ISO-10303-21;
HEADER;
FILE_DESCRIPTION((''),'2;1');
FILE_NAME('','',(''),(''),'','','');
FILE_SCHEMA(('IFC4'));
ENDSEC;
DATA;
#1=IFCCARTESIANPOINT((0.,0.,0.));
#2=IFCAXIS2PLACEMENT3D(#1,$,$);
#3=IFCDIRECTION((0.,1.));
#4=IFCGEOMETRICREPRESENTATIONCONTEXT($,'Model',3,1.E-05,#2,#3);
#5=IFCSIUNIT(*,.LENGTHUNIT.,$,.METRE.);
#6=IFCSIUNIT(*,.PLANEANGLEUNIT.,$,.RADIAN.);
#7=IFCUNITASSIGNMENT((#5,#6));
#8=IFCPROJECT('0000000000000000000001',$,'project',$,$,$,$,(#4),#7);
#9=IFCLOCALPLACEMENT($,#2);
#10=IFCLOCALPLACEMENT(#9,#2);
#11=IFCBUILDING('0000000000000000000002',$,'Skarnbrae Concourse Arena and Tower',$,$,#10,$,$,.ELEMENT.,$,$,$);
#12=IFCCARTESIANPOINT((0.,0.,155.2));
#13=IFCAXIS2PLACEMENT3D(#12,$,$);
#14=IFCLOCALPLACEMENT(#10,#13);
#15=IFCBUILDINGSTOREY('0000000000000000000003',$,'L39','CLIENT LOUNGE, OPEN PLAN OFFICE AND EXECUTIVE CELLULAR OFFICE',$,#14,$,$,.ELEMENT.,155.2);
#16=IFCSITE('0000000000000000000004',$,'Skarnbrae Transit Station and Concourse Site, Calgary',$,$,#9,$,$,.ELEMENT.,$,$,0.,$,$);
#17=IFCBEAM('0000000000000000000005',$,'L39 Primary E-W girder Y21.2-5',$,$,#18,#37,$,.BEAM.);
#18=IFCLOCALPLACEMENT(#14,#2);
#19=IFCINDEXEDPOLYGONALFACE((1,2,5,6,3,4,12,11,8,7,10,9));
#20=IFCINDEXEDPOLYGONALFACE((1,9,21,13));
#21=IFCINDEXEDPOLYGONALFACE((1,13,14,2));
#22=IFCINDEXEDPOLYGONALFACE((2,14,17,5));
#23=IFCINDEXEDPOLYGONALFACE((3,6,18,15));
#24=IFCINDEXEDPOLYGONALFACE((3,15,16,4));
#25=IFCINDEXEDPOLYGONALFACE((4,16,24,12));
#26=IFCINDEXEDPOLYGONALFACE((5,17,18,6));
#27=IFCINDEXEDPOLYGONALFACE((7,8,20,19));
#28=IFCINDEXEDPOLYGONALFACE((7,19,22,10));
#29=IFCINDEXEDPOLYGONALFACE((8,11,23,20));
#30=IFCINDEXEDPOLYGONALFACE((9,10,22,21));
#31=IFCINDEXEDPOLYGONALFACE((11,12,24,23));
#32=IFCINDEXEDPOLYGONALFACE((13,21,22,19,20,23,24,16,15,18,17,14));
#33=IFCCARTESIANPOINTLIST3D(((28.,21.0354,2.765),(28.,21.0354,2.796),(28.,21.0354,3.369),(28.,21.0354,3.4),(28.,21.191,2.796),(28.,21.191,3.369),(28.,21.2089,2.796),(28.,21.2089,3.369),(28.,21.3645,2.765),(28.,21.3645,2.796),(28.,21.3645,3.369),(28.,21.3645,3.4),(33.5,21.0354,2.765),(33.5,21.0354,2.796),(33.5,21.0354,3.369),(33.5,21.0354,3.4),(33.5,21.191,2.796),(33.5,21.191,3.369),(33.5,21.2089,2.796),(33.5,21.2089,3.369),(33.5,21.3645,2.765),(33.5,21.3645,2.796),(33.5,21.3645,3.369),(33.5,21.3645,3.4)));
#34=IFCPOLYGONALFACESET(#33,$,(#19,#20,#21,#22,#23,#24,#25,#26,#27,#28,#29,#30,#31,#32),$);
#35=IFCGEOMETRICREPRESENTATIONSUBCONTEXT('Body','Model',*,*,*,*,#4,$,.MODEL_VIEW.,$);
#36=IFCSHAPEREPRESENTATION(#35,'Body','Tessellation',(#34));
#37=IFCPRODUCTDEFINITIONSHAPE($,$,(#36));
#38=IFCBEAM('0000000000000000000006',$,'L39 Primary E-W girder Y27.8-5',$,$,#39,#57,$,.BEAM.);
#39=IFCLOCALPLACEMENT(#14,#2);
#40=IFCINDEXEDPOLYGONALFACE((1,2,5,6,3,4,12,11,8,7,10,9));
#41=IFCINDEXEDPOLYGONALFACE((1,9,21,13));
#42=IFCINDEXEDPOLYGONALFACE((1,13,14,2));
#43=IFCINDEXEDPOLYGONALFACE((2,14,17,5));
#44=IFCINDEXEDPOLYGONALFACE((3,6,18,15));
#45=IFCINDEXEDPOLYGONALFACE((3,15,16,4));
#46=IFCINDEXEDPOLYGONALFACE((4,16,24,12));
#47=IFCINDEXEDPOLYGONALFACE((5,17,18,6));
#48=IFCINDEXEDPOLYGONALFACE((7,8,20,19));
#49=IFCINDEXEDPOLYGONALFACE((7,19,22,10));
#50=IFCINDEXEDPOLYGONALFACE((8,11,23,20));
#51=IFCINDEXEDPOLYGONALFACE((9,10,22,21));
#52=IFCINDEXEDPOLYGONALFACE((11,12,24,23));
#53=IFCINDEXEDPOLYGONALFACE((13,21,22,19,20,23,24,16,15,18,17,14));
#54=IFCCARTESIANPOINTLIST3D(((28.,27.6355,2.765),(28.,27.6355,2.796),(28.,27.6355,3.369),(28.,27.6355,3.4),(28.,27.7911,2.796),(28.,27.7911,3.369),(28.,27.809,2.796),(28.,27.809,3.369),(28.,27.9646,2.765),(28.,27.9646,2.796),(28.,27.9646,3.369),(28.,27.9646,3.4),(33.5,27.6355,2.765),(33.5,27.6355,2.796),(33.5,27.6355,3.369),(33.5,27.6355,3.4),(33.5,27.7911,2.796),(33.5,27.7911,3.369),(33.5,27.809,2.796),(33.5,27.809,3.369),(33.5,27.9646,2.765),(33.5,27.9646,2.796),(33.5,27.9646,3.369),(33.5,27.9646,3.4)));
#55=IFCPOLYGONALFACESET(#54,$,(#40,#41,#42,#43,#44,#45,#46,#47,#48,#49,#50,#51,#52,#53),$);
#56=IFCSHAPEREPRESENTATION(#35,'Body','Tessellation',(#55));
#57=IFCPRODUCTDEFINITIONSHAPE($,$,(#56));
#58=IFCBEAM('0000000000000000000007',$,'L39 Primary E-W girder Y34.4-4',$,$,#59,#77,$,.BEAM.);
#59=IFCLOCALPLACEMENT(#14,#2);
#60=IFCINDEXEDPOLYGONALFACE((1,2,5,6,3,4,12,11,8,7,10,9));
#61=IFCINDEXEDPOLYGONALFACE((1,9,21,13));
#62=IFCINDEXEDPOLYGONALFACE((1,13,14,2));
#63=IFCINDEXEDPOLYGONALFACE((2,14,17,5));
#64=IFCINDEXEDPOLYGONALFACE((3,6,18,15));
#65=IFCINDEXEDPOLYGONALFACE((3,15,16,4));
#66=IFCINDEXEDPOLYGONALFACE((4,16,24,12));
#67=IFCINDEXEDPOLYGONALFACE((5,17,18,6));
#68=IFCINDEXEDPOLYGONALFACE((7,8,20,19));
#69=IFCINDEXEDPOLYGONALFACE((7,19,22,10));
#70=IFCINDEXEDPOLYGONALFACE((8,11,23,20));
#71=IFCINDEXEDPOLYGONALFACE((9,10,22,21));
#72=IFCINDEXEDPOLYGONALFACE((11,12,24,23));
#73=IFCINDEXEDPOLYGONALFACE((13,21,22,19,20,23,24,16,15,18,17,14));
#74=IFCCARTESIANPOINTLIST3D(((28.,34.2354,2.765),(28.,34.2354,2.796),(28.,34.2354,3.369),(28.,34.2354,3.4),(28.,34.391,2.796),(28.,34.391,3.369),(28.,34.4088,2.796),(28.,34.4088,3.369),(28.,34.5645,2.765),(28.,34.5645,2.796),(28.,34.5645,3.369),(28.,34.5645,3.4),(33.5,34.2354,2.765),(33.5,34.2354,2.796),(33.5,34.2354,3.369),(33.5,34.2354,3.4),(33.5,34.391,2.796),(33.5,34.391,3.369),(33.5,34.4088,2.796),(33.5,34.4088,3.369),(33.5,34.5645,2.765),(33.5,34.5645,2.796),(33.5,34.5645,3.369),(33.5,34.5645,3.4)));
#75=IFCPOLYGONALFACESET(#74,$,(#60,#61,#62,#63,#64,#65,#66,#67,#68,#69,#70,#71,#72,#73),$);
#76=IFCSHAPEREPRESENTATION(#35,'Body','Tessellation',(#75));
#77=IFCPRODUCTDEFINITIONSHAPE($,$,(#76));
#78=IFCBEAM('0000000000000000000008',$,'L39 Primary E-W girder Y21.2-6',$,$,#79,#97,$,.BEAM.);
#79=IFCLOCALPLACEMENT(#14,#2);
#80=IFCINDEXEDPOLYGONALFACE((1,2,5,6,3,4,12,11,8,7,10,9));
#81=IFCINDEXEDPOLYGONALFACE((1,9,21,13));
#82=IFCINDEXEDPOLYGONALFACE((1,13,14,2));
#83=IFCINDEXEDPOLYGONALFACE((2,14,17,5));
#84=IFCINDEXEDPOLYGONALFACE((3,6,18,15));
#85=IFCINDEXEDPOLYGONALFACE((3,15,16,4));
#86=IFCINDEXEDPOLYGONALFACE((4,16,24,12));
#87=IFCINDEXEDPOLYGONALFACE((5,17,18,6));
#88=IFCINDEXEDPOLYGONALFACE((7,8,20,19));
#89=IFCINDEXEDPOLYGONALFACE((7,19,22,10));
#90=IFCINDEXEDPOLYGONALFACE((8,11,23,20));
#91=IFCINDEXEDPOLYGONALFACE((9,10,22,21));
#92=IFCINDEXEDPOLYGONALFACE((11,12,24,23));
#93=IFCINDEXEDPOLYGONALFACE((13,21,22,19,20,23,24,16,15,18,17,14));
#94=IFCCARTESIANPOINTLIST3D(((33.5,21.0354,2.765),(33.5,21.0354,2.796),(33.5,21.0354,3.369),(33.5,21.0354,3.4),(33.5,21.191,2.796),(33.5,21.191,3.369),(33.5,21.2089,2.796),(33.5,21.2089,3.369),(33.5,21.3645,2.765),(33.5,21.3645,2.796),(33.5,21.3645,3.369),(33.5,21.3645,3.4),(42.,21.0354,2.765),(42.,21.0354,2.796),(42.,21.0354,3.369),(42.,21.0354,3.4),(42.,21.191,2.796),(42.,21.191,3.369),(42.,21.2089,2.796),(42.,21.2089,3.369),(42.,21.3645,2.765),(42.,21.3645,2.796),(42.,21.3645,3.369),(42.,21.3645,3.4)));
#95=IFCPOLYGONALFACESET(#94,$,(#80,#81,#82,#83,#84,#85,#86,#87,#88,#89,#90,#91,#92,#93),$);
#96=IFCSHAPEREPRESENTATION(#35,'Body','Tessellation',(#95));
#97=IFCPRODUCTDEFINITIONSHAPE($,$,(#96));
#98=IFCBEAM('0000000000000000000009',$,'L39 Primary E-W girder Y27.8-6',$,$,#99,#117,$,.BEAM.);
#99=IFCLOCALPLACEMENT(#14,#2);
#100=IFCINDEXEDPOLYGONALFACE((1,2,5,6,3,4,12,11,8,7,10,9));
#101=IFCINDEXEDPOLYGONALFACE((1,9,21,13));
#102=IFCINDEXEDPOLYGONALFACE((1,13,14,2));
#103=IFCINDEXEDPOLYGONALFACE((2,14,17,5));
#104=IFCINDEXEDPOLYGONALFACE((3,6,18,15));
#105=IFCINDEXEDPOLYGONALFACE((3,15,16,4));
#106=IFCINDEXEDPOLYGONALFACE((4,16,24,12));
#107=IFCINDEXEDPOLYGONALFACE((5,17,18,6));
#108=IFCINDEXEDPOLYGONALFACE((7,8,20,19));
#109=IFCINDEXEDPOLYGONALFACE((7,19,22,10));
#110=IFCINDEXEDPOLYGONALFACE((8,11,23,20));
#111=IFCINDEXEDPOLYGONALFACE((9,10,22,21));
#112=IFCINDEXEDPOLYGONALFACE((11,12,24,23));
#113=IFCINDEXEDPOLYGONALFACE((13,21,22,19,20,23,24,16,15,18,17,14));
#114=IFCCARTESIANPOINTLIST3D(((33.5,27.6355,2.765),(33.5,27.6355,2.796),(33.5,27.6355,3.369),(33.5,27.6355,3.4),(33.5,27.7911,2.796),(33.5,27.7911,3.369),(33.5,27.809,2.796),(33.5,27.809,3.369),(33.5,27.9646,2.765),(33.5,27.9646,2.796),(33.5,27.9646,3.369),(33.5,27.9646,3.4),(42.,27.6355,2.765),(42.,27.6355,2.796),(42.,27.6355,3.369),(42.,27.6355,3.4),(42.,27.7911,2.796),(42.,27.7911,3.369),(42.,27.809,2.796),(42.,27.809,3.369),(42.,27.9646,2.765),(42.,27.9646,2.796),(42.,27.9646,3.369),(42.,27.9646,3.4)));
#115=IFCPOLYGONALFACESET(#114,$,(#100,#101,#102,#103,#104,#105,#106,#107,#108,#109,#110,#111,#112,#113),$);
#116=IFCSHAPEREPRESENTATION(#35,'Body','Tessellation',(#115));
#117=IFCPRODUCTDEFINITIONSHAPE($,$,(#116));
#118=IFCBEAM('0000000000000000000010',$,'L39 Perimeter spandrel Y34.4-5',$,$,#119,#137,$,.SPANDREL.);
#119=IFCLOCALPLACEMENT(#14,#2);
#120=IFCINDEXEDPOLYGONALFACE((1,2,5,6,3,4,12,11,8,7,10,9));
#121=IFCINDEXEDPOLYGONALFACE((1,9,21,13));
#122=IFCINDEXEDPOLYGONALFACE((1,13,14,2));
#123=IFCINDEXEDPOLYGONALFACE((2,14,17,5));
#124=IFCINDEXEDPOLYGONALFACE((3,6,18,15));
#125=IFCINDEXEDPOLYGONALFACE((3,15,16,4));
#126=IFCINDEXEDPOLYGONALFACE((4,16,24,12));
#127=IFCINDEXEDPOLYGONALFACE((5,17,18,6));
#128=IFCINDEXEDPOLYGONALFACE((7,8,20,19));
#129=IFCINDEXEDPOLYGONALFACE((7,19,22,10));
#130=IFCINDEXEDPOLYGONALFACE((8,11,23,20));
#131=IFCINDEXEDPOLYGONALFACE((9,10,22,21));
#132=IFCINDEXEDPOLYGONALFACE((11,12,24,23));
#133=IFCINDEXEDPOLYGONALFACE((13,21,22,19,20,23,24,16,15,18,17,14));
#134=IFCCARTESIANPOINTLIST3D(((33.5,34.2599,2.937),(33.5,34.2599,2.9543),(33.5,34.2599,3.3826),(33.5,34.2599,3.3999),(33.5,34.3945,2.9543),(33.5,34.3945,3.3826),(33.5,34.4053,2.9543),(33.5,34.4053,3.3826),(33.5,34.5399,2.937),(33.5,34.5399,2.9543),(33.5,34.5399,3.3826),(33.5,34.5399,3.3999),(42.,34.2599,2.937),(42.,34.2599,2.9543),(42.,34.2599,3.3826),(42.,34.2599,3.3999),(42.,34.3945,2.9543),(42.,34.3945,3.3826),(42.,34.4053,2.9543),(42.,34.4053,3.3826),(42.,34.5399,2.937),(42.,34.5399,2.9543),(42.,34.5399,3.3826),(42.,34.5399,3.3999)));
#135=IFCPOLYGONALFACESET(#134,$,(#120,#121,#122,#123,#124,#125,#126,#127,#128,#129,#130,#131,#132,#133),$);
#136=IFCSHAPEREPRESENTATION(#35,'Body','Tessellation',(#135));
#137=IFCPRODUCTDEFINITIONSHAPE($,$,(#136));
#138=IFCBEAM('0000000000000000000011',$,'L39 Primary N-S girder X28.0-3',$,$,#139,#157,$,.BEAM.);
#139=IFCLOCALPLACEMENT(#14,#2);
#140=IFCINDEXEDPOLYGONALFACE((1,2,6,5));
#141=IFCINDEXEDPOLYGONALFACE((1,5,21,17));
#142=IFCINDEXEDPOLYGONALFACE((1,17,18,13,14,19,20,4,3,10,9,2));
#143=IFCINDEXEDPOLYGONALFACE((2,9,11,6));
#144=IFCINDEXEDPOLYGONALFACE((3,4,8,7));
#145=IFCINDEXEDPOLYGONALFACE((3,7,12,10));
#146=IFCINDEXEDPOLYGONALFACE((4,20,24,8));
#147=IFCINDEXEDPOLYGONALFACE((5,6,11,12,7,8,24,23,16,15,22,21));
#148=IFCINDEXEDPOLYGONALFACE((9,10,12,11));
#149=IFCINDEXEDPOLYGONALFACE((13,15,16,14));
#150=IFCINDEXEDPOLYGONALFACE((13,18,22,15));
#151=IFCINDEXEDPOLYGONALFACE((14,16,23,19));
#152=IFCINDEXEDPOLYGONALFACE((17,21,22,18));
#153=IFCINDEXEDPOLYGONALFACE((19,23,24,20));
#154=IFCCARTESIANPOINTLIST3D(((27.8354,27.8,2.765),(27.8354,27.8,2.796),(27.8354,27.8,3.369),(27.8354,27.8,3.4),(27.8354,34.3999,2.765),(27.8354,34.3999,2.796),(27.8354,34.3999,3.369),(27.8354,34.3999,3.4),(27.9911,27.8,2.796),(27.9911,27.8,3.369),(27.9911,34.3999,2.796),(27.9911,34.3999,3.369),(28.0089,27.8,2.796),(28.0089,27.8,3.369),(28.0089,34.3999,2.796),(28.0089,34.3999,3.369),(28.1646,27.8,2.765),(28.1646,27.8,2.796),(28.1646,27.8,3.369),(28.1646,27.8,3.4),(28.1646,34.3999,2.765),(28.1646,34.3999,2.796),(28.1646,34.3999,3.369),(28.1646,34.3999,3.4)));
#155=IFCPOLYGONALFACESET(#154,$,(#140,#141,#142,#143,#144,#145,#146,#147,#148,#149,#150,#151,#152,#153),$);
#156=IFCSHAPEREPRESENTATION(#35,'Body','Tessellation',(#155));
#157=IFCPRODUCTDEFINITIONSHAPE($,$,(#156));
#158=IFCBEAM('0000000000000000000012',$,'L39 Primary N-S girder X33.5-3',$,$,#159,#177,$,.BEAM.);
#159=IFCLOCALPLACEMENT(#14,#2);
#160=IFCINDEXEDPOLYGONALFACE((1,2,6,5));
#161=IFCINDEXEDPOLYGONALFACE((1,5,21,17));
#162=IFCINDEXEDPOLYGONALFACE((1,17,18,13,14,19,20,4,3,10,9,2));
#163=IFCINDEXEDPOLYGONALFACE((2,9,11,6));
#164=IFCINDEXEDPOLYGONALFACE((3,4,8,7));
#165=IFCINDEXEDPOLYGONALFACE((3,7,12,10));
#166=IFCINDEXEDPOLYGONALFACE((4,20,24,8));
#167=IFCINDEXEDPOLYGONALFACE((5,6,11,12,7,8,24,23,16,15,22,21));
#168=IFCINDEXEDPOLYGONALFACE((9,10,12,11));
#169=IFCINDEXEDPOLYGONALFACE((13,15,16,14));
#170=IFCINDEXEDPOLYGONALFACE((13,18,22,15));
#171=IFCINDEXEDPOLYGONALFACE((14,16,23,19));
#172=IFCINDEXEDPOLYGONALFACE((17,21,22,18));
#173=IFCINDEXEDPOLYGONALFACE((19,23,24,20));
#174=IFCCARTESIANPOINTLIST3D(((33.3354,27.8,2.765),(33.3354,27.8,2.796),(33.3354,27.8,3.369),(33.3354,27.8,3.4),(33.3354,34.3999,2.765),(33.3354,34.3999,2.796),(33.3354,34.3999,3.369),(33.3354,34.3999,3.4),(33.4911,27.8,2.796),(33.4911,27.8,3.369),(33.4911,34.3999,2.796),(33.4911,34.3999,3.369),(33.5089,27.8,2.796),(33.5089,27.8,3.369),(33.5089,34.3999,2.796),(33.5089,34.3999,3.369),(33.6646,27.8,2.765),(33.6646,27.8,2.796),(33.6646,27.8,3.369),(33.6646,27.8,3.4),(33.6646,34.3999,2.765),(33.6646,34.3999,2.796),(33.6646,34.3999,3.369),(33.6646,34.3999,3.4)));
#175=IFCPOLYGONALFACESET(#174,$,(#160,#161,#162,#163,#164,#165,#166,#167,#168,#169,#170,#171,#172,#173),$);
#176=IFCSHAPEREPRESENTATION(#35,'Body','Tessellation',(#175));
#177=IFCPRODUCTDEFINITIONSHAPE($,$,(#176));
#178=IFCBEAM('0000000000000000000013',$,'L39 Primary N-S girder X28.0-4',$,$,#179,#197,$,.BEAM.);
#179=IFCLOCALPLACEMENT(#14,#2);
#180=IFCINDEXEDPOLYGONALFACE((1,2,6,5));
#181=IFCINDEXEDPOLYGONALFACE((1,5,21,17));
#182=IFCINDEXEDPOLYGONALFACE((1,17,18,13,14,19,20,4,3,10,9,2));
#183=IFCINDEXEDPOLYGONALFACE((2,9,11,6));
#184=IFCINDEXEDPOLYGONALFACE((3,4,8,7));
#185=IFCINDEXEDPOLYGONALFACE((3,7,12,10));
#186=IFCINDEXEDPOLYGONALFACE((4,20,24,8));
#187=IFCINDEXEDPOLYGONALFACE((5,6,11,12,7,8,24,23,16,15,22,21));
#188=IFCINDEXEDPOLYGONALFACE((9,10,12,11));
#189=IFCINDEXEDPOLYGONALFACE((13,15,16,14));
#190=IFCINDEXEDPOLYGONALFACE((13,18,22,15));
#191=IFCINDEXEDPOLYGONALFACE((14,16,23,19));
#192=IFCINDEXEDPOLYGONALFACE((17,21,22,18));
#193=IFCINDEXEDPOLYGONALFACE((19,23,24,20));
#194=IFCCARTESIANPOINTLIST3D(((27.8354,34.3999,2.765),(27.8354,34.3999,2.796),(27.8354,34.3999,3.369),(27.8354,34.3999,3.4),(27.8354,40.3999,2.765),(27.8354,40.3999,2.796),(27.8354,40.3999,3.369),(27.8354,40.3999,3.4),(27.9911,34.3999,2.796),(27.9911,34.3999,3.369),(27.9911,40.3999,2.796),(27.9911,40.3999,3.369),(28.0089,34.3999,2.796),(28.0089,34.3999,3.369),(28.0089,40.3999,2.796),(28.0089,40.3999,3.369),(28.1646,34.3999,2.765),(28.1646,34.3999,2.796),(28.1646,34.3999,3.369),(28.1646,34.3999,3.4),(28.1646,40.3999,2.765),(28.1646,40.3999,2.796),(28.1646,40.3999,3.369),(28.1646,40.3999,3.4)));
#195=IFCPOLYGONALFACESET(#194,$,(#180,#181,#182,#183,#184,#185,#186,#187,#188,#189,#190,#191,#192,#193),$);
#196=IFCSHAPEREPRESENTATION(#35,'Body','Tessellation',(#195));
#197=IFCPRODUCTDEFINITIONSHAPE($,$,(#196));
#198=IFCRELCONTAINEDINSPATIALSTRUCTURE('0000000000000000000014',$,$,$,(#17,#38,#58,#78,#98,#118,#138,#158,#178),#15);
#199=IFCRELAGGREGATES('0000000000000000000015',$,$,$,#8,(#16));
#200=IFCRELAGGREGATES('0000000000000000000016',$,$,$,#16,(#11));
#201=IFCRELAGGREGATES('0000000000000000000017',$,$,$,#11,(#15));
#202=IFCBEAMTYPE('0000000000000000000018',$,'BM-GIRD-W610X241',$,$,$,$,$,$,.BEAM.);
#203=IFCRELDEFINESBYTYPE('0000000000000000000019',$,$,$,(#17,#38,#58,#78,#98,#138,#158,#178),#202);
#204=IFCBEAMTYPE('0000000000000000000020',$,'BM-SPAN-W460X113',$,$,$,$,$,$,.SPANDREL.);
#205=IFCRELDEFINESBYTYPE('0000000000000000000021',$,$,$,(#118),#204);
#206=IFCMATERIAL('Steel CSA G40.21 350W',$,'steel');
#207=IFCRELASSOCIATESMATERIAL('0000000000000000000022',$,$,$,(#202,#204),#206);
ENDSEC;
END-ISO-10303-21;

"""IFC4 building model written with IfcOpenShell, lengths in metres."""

from ifc_helpers import new_model, si_unit, direction, frame, origin, origin_2d, place, context, subcontext, project, spatial, i_section, extrude, source, transform, mapped, material, material_profile, profile_set, type_object, element, save


model = new_model("IFC4")

# Units and contexts
model_context = context("Model", 3, precision=1e-05, world=origin(), true_north=direction((0.0, 1.0)))
body_context = subcontext(model_context, "Body", "Model", "MODEL_VIEW")
ifc_project = project(units=[si_unit("LENGTHUNIT", "METRE"), si_unit("PLANEANGLEUNIT", "RADIAN")], contexts=[model_context])

# Site, building, storey
site_placement = place(None, origin())
site = spatial("IfcSite", under=ifc_project, at=site_placement, Name="Skarnbrae Transit Station and Concourse Site, Calgary", CompositionType="ELEMENT", RefElevation=0.0)
building_placement = place(site_placement, origin())
building = spatial("IfcBuilding", under=site, at=building_placement, Name="Skarnbrae Concourse Arena and Tower", CompositionType="ELEMENT")
storey_placement = place(building_placement, frame((0.0, 0.0, 155.2)))
storey = spatial("IfcBuildingStorey", under=building, at=storey_placement, Name="L39", Description="CLIENT LOUNGE, OPEN PLAN OFFICE AND EXECUTIVE CELLULAR OFFICE", CompositionType="ELEMENT", Elevation=155.2)

# Shared definitions
ifc_material_1 = material(Name="Steel CSA G40.21 350W", Category="steel")

# Beams
ifc_material_profile_1 = material_profile(ifc_material_1, i_section(OverallWidth=0.3291, OverallDepth=0.635, WebThickness=0.0178, FlangeThickness=0.031, at=origin_2d()), Name="W610X241")
ifc_profile_set_1 = profile_set([ifc_material_profile_1], Name="Steel CSA G40.21 350W")
beam_type_1 = type_object("IfcBeamType", Name="BM-GIRD-W610X241", PredefinedType="BEAM", material=ifc_profile_set_1)
shared_shape_1 = source(origin(), body_context, "Body", "SweptSolid", [
    extrude(i_section(OverallWidth=0.3291, OverallDepth=0.635, WebThickness=0.0178, FlangeThickness=0.031, at=origin_2d()), origin(), (0.0, 0.0, 1.0), 5.5),
])
for number, where, z_axis, x_axis, name in (
    (1, (28.0, 21.2, 3.0825), (1.0, 0.0, 0.0), (0.0, 1.0, 0.0), "L39 Primary E-W girder Y21.2-5"),
    (2, (28.0, 27.8, 3.0825), (1.0, 0.0, 0.0), (0.0, 1.0, 0.0), "L39 Primary E-W girder Y27.8-5"),
    (3, (28.0, 34.3999, 3.0825), (1.0, 0.0, 0.0), (0.0, 1.0, 0.0), "L39 Primary E-W girder Y34.4-4"),
):
    element("IfcBeam", number, at=place(storey_placement, frame(where, z_axis=z_axis, x_axis=x_axis)), inside=storey, type_object=beam_type_1, Name=name, PredefinedType="BEAM", context=body_context, shape_type="MappedRepresentation", body=[
        mapped(shared_shape_1, transform((0.0, 0.0, 0.0))),
    ])
shared_shape_2 = source(origin(), body_context, "Body", "SweptSolid", [
    extrude(i_section(OverallWidth=0.3291, OverallDepth=0.635, WebThickness=0.0178, FlangeThickness=0.031, at=origin_2d()), origin(), (0.0, 0.0, 1.0), 8.5),
])
for number, where, z_axis, x_axis, name in (
    (4, (33.5, 21.2, 3.0825), (1.0, 0.0, 0.0), (0.0, 1.0, 0.0), "L39 Primary E-W girder Y21.2-6"),
    (5, (33.5, 27.8, 3.0825), (1.0, 0.0, 0.0), (0.0, 1.0, 0.0), "L39 Primary E-W girder Y27.8-6"),
):
    element("IfcBeam", number, at=place(storey_placement, frame(where, z_axis=z_axis, x_axis=x_axis)), inside=storey, type_object=beam_type_1, Name=name, PredefinedType="BEAM", context=body_context, shape_type="MappedRepresentation", body=[
        mapped(shared_shape_2, transform((0.0, 0.0, 0.0))),
    ])
ifc_material_profile_2 = material_profile(ifc_material_1, i_section(OverallWidth=0.28, OverallDepth=0.4629, WebThickness=0.0107, FlangeThickness=0.0173, at=origin_2d()), Name="W460X113")
ifc_profile_set_2 = profile_set([ifc_material_profile_2], Name="Steel CSA G40.21 350W")
beam_type_2 = type_object("IfcBeamType", Name="BM-SPAN-W460X113", PredefinedType="SPANDREL", material=ifc_profile_set_2)
shared_shape_3 = source(origin(), body_context, "Body", "SweptSolid", [
    extrude(i_section(OverallWidth=0.28, OverallDepth=0.4629, WebThickness=0.0107, FlangeThickness=0.0173, at=origin_2d()), origin(), (0.0, 0.0, 1.0), 8.5),
])
beam_1_placement = place(storey_placement, frame((33.5, 34.3999, 3.1685), z_axis=(1.0, 0.0, 0.0), x_axis=(0.0, 1.0, 0.0)))
element("IfcBeam", 6, at=beam_1_placement, inside=storey, type_object=beam_type_2, Name="L39 Perimeter spandrel Y34.4-5", PredefinedType="SPANDREL", context=body_context, shape_type="MappedRepresentation", body=[
    mapped(shared_shape_3, transform((0.0, 0.0, 0.0))),
])
shared_shape_4 = source(origin(), body_context, "Body", "SweptSolid", [
    extrude(i_section(OverallWidth=0.3291, OverallDepth=0.635, WebThickness=0.0178, FlangeThickness=0.031, at=origin_2d()), origin(), (0.0, 0.0, 1.0), 6.5999),
])
for number, where, z_axis, x_axis, name in (
    (7, (28.0, 27.8, 3.0825), (0.0, 1.0, 0.0), (-1.0, 0.0, 0.0), "L39 Primary N-S girder X28.0-3"),
    (8, (33.5, 27.8, 3.0825), (0.0, 1.0, 0.0), (-1.0, 0.0, 0.0), "L39 Primary N-S girder X33.5-3"),
):
    element("IfcBeam", number, at=place(storey_placement, frame(where, z_axis=z_axis, x_axis=x_axis)), inside=storey, type_object=beam_type_1, Name=name, PredefinedType="BEAM", context=body_context, shape_type="MappedRepresentation", body=[
        mapped(shared_shape_4, transform((0.0, 0.0, 0.0))),
    ])
shared_shape_5 = source(origin(), body_context, "Body", "SweptSolid", [
    extrude(i_section(OverallWidth=0.3291, OverallDepth=0.635, WebThickness=0.0178, FlangeThickness=0.031, at=origin_2d()), origin(), (0.0, 0.0, 1.0), 6.0),
])
beam_2_placement = place(storey_placement, frame((28.0, 34.3999, 3.0825), z_axis=(0.0, 1.0, 0.0), x_axis=(-1.0, 0.0, 0.0)))
element("IfcBeam", 9, at=beam_2_placement, inside=storey, type_object=beam_type_1, Name="L39 Primary N-S girder X28.0-4", PredefinedType="BEAM", context=body_context, shape_type="MappedRepresentation", body=[
    mapped(shared_shape_5, transform((0.0, 0.0, 0.0))),
])

save(model, "model.ifc")
